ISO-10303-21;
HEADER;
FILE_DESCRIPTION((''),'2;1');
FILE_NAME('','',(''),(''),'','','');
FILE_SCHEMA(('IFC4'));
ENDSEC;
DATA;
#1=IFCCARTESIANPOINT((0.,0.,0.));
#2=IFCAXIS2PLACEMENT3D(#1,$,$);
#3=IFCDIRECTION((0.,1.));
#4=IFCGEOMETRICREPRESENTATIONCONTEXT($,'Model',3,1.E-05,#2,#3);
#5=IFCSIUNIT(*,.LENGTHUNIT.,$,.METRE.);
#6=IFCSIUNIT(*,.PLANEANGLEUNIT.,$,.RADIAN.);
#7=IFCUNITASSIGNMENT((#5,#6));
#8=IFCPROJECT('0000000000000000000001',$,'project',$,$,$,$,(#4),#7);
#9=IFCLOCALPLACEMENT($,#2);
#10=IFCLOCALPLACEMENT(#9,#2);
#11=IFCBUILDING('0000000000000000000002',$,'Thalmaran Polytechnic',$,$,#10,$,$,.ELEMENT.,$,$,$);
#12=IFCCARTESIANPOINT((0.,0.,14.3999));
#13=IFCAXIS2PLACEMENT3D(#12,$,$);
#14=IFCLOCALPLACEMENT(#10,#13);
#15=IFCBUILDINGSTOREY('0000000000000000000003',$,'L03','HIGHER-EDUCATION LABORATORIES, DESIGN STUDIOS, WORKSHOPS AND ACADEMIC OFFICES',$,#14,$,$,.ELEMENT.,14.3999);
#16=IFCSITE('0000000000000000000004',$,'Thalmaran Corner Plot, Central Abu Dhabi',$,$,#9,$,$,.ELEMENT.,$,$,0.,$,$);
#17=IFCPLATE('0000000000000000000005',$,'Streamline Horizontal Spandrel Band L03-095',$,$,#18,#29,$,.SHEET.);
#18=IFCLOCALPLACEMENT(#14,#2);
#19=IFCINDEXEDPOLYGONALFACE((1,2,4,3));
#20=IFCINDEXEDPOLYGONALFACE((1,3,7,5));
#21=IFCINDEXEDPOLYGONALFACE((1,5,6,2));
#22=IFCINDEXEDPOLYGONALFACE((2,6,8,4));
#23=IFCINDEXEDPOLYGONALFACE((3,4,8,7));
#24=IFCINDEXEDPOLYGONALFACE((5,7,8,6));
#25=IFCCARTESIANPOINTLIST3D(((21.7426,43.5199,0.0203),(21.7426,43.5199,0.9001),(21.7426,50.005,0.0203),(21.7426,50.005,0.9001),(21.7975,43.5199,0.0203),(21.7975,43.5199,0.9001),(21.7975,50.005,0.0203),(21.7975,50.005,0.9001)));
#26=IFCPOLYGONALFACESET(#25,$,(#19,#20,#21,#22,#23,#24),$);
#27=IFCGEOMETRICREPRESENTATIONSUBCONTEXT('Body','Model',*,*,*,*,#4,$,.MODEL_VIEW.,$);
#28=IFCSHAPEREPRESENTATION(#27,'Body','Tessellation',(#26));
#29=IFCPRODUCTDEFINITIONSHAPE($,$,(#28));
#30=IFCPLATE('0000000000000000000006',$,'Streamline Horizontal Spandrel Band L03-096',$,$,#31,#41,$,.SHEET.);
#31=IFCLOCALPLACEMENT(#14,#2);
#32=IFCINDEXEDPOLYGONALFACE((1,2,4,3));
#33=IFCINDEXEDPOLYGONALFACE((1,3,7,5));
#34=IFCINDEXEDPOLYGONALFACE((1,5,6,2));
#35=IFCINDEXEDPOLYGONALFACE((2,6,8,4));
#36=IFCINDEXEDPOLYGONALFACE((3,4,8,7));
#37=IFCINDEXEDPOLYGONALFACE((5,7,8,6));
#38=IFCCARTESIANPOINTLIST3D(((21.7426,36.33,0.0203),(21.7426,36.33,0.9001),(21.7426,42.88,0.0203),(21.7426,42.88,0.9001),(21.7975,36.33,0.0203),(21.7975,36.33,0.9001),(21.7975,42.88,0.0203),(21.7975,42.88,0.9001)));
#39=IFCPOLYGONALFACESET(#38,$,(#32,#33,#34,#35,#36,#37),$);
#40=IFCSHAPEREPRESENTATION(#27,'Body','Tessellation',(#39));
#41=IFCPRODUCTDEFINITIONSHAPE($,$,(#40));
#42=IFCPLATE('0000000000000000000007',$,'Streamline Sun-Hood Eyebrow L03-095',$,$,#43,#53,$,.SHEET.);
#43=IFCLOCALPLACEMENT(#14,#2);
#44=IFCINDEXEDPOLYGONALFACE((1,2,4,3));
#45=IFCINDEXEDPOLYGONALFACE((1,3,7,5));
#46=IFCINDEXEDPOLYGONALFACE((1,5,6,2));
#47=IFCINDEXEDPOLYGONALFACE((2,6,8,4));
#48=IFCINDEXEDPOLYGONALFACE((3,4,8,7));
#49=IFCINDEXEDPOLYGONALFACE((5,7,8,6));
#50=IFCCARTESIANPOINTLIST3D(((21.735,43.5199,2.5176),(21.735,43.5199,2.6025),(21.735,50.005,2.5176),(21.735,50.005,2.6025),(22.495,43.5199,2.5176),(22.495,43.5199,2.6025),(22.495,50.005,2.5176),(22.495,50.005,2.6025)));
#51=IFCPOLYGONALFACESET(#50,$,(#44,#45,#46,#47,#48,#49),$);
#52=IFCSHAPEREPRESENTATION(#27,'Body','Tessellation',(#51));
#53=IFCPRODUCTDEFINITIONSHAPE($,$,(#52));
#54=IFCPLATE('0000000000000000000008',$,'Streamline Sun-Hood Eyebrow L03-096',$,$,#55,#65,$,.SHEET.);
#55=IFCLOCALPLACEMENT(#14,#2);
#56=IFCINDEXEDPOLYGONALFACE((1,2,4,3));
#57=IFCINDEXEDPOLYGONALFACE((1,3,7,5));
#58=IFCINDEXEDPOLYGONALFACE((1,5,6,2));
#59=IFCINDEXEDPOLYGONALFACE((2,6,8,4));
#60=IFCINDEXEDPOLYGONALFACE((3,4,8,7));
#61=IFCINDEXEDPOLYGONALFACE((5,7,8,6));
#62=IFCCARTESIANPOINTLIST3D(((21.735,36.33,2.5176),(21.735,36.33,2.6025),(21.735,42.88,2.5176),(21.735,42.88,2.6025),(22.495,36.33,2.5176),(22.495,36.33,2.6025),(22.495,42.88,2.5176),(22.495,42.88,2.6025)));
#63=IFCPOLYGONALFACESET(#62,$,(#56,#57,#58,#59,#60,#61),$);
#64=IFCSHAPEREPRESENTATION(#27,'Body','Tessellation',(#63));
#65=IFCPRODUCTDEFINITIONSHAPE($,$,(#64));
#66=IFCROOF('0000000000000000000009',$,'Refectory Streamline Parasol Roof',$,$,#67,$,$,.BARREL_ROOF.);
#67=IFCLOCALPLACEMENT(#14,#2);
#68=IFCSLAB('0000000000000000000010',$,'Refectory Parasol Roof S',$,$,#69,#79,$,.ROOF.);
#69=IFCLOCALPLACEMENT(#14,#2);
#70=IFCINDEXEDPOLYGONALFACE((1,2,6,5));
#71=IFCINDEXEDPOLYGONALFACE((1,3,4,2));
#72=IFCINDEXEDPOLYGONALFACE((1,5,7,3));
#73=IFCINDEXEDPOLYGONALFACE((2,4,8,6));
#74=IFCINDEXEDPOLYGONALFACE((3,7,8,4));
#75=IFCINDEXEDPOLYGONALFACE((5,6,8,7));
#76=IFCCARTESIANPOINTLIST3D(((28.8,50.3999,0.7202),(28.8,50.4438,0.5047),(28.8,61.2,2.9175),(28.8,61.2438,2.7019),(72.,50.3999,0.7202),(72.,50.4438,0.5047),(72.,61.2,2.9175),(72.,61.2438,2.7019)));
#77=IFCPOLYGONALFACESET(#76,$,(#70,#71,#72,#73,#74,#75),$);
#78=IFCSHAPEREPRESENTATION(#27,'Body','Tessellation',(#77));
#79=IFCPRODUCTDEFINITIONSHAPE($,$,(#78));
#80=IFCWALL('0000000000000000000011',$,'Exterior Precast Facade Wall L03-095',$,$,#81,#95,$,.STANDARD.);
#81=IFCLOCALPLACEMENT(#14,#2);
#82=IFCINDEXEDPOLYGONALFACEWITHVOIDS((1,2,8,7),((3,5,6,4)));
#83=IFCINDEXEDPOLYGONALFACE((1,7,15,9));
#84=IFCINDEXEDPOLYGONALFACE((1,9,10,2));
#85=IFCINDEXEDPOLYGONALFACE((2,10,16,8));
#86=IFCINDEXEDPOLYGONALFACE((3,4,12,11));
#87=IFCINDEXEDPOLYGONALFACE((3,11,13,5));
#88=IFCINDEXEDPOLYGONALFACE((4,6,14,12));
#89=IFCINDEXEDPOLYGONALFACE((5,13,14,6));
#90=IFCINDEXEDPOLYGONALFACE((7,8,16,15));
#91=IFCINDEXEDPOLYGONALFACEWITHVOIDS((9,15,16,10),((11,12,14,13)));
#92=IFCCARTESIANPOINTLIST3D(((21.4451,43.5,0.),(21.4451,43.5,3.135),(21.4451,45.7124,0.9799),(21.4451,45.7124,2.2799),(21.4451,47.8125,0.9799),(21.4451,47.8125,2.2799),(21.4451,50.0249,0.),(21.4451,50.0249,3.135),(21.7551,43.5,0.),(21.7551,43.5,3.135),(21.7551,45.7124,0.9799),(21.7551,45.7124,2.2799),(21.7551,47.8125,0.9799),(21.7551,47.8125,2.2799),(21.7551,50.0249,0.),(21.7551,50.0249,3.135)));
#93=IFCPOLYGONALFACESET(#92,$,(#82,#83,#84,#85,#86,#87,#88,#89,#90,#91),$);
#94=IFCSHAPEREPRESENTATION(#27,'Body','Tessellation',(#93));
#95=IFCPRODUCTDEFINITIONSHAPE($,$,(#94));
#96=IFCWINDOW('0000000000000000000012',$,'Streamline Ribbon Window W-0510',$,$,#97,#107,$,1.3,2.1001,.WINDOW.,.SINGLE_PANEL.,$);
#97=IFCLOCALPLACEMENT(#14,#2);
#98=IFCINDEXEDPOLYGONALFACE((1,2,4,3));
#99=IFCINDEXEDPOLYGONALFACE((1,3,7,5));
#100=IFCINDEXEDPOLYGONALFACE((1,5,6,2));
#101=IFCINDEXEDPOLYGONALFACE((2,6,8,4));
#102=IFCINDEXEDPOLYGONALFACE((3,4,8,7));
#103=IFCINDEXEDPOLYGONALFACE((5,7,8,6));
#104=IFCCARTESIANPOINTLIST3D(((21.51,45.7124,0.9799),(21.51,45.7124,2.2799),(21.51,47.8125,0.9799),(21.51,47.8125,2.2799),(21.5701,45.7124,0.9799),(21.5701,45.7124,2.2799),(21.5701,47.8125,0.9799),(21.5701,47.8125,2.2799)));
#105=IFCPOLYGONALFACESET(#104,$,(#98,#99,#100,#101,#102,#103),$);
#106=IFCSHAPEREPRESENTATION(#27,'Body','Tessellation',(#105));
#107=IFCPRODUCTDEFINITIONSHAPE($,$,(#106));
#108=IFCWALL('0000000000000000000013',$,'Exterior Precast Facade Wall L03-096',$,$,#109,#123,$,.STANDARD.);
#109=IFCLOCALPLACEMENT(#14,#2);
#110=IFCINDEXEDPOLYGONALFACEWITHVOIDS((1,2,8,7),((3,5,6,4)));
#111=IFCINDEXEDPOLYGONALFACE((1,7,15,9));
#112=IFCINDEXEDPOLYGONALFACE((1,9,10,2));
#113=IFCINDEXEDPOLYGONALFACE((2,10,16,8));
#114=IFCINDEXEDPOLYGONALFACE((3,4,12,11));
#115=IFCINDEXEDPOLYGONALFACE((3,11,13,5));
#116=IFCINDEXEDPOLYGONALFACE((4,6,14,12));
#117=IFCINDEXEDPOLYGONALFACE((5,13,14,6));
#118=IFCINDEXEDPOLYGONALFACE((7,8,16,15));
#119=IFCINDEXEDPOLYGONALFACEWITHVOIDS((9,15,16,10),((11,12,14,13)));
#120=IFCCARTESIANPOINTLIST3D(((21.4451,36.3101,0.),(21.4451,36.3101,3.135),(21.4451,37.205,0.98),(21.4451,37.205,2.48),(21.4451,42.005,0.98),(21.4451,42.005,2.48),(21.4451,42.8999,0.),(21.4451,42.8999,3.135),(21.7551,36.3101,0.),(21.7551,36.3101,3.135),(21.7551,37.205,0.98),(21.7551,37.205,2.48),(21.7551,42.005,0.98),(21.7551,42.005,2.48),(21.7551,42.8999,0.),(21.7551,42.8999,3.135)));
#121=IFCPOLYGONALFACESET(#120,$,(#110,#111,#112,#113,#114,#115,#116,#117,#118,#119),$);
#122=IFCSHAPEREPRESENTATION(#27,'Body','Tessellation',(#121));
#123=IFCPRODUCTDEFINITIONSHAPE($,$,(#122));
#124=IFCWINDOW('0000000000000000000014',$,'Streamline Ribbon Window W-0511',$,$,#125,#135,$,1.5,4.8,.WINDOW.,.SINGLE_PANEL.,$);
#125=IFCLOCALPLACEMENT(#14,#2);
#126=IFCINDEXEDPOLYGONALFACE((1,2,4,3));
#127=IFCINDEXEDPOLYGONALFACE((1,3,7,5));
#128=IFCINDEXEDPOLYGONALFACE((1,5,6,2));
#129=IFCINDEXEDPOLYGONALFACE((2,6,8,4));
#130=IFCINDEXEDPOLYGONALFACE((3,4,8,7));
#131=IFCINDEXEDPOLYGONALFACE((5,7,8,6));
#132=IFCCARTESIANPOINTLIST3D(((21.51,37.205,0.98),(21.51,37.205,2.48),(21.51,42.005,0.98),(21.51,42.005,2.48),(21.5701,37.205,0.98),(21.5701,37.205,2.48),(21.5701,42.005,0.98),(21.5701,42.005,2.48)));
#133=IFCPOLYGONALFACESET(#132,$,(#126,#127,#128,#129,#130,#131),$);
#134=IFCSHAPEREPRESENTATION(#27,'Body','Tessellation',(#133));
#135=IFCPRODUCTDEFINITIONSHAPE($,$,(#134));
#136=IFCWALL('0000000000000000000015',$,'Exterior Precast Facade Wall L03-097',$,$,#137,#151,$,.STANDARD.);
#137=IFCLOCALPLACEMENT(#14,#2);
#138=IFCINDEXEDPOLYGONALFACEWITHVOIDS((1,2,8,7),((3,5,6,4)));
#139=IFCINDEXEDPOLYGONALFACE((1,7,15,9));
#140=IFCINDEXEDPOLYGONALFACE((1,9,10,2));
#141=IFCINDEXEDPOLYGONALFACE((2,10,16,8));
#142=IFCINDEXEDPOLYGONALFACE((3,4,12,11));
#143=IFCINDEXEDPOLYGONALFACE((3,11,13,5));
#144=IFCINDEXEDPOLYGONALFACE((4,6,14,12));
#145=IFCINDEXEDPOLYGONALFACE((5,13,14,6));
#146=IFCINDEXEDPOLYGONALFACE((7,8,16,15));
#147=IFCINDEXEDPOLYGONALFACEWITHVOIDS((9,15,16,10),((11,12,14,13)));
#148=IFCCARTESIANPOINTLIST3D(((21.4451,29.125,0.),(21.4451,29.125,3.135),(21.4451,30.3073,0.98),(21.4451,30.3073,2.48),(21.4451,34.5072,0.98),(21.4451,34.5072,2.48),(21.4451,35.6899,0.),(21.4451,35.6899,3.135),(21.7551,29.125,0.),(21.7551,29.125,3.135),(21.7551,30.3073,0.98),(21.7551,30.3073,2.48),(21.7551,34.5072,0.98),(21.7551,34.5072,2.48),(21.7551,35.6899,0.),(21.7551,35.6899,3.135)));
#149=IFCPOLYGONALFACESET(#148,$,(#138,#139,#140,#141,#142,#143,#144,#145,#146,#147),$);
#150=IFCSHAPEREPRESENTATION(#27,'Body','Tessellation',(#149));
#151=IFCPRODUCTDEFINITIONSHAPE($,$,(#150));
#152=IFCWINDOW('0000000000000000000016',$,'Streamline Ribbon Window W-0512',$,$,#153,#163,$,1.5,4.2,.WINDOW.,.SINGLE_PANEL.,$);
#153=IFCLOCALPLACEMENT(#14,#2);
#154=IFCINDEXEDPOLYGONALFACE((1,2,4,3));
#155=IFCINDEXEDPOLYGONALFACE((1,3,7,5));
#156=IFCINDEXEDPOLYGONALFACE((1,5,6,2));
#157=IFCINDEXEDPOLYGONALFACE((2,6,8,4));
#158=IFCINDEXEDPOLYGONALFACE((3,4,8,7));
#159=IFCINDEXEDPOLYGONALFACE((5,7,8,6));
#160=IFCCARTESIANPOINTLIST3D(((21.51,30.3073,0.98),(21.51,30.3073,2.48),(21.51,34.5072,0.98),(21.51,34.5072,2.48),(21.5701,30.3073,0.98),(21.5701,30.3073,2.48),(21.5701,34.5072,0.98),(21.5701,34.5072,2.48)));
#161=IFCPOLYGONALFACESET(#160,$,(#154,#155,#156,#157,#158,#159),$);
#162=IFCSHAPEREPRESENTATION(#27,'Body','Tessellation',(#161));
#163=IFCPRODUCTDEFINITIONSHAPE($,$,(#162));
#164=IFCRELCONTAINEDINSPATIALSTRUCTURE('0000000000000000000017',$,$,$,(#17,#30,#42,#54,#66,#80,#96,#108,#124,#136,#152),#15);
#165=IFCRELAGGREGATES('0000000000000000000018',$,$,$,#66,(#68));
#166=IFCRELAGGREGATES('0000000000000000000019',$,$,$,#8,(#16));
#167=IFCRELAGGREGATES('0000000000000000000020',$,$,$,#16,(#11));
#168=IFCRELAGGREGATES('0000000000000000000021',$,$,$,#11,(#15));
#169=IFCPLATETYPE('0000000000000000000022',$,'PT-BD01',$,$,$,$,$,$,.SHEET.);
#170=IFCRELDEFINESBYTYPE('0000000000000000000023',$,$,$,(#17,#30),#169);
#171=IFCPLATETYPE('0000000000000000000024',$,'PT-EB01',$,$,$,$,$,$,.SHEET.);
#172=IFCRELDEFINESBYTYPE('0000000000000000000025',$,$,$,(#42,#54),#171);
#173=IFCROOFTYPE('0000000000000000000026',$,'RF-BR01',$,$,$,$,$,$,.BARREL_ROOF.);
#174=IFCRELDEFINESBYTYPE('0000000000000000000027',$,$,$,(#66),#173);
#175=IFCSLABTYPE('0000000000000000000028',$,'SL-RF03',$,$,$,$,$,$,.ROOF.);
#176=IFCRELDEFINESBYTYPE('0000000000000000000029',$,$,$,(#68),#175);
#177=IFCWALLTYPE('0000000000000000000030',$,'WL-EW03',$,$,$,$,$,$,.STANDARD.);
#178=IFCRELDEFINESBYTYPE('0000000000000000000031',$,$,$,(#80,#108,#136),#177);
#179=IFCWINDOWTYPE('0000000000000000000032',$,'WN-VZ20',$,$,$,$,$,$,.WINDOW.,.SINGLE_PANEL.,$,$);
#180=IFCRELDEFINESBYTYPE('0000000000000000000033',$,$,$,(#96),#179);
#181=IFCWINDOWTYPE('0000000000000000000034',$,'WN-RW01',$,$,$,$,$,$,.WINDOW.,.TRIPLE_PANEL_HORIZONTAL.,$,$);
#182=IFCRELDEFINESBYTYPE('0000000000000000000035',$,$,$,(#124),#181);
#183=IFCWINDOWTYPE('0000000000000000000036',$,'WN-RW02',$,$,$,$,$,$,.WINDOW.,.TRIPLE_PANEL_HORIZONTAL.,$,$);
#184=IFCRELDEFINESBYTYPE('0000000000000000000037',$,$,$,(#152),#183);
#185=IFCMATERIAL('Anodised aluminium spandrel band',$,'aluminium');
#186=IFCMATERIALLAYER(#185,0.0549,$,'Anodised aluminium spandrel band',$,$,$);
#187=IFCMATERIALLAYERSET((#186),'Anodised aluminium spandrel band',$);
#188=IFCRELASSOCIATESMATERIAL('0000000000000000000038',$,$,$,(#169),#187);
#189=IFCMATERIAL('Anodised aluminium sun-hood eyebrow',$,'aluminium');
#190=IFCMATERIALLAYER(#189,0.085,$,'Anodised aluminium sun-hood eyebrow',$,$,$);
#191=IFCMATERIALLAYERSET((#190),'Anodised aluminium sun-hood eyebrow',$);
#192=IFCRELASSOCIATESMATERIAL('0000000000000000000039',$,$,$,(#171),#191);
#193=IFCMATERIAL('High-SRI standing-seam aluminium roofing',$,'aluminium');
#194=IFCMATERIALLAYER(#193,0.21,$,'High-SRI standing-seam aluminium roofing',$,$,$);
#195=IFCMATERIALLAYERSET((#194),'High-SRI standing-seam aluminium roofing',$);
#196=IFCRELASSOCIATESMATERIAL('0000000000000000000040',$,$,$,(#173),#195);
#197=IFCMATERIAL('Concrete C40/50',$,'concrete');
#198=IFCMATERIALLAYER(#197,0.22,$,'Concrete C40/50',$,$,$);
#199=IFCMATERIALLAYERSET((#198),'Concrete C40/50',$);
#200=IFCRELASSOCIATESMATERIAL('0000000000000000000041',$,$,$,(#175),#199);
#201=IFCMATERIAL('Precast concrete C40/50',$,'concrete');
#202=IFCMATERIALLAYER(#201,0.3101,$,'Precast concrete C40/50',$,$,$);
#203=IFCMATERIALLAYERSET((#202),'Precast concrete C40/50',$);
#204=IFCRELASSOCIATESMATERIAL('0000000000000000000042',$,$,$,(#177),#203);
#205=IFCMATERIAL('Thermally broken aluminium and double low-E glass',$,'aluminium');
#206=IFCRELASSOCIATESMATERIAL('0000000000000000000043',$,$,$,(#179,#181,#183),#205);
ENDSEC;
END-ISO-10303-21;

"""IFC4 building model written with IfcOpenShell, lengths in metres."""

from ifc_helpers import new_model, si_unit, direction, frame, frame_2d, origin, origin_2d, place, context, subcontext, project, spatial, polyline, rectangle, outline, extrude, material, layer, layer_set, type_object, element, fill, aggregate, save


model = new_model("IFC4")

# Units and contexts
model_context = context("Model", 3, precision=1e-05, world=origin(), true_north=direction((0.0, 1.0)))
body_context = subcontext(model_context, "Body", "Model", "MODEL_VIEW")
ifc_project = project(units=[si_unit("LENGTHUNIT", "METRE"), si_unit("PLANEANGLEUNIT", "RADIAN")], contexts=[model_context])

# Site, building, storey
site_placement = place(None, origin())
site = spatial("IfcSite", under=ifc_project, at=site_placement, Name="Thalmaran Corner Plot, Central Abu Dhabi", CompositionType="ELEMENT", RefElevation=0.0)
building_placement = place(site_placement, origin())
building = spatial("IfcBuilding", under=site, at=building_placement, Name="Thalmaran Polytechnic", CompositionType="ELEMENT")
storey_placement = place(building_placement, frame((0.0, 0.0, 14.3999)))
storey = spatial("IfcBuildingStorey", under=building, at=storey_placement, Name="L03", Description="HIGHER-EDUCATION LABORATORIES, DESIGN STUDIOS, WORKSHOPS AND ACADEMIC OFFICES", CompositionType="ELEMENT", Elevation=14.3999)

# Shared definitions
ifc_material_1 = material(Name="Concrete C40/50", Category="concrete")

# Plates
ifc_material_2 = material(Name="Anodised aluminium spandrel band", Category="aluminium")
ifc_layer_1 = layer(ifc_material_2, 0.0549, Name="Anodised aluminium spandrel band")
ifc_layer_set_1 = layer_set([ifc_layer_1], Name="Anodised aluminium spandrel band")
plate_type_1 = type_object("IfcPlateType", Name="PT-BD01", PredefinedType="SHEET", material=ifc_layer_set_1)
plate_1_placement = place(storey_placement, frame((21.77, 46.7625, 0.0203), z_axis=(0.0, 0.0, 1.0), x_axis=(0.0, -1.0, 0.0)))
element("IfcPlate", 1, at=plate_1_placement, inside=storey, type_object=plate_type_1, Name="Streamline Horizontal Spandrel Band L03-095", PredefinedType="SHEET", context=body_context, shape_type="SweptSolid", body=[
    extrude(rectangle(XDim=6.4851, YDim=0.0549, at=origin_2d()), origin(), (0.0, 0.0, 1.0), 0.8799),
])
plate_2_placement = place(storey_placement, frame((21.77, 39.605, 0.0203), z_axis=(0.0, 0.0, 1.0), x_axis=(0.0, -1.0, 0.0)))
element("IfcPlate", 2, at=plate_2_placement, inside=storey, type_object=plate_type_1, Name="Streamline Horizontal Spandrel Band L03-096", PredefinedType="SHEET", context=body_context, shape_type="SweptSolid", body=[
    extrude(rectangle(XDim=6.55, YDim=0.0549, at=origin_2d()), origin(), (0.0, 0.0, 1.0), 0.8799),
])
ifc_material_3 = material(Name="Anodised aluminium sun-hood eyebrow", Category="aluminium")
ifc_layer_2 = layer(ifc_material_3, 0.085, Name="Anodised aluminium sun-hood eyebrow")
ifc_layer_set_2 = layer_set([ifc_layer_2], Name="Anodised aluminium sun-hood eyebrow")
plate_type_2 = type_object("IfcPlateType", Name="PT-EB01", PredefinedType="SHEET", material=ifc_layer_set_2)
plate_3_placement = place(storey_placement, frame((22.115, 46.7625, 2.5176), z_axis=(0.0, 0.0, 1.0), x_axis=(0.0, -1.0, 0.0)))
element("IfcPlate", 3, at=plate_3_placement, inside=storey, type_object=plate_type_2, Name="Streamline Sun-Hood Eyebrow L03-095", PredefinedType="SHEET", context=body_context, shape_type="SweptSolid", body=[
    extrude(rectangle(XDim=6.4851, YDim=0.76, at=origin_2d()), origin(), (0.0, 0.0, 1.0), 0.085),
])
plate_4_placement = place(storey_placement, frame((22.115, 39.605, 2.5176), z_axis=(0.0, 0.0, 1.0), x_axis=(0.0, -1.0, 0.0)))
element("IfcPlate", 4, at=plate_4_placement, inside=storey, type_object=plate_type_2, Name="Streamline Sun-Hood Eyebrow L03-096", PredefinedType="SHEET", context=body_context, shape_type="SweptSolid", body=[
    extrude(rectangle(XDim=6.55, YDim=0.76, at=origin_2d()), origin(), (0.0, 0.0, 1.0), 0.085),
])

# Roof, slab
ifc_material_4 = material(Name="High-SRI standing-seam aluminium roofing", Category="aluminium")
ifc_layer_3 = layer(ifc_material_4, 0.21, Name="High-SRI standing-seam aluminium roofing")
ifc_layer_set_3 = layer_set([ifc_layer_3], Name="High-SRI standing-seam aluminium roofing")
roof_type = type_object("IfcRoofType", Name="RF-BR01", PredefinedType="BARREL_ROOF", material=ifc_layer_set_3)
roof_placement = place(storey_placement, origin())
roof = element("IfcRoof", 5, at=roof_placement, inside=storey, type_object=roof_type, Name="Refectory Streamline Parasol Roof", PredefinedType="BARREL_ROOF")
ifc_layer_4 = layer(ifc_material_1, 0.22, Name="Concrete C40/50")
ifc_layer_set_4 = layer_set([ifc_layer_4], Name="Concrete C40/50")
slab_type = type_object("IfcSlabType", Name="SL-RF03", PredefinedType="ROOF", material=ifc_layer_set_4)
slab_placement = place(storey_placement, frame((28.8, 50.3999, 0.7202), z_axis=(0.0, -0.199365, 0.979925), x_axis=(1.0, 0.0, 0.0)))
slab = element("IfcSlab", 6, at=slab_placement, type_object=slab_type, Name="Refectory Parasol Roof S", PredefinedType="ROOF", context=body_context, shape_type="SweptSolid", body=[
    extrude(outline(polyline([(0.0, 0.0), (43.2, 0.0), (43.2, 11.0213), (0.0, 11.0213), (0.0, 0.0)])), origin(), (0.0, 0.0, -1.0), 0.22),
])
aggregate(roof, [slab])

# Walls, openings, windows
ifc_material_5 = material(Name="Precast concrete C40/50", Category="concrete")
ifc_layer_5 = layer(ifc_material_5, 0.3101, Name="Precast concrete C40/50")
ifc_layer_set_5 = layer_set([ifc_layer_5], Name="Precast concrete C40/50")
wall_type = type_object("IfcWallType", Name="WL-EW03", PredefinedType="STANDARD", material=ifc_layer_set_5)
wall_1_placement = place(storey_placement, frame((21.6001, 50.0249, 0.0), z_axis=(0.0, 0.0, 1.0), x_axis=(0.0, -1.0, 0.0)))
wall_1 = element("IfcWall", 7, at=wall_1_placement, inside=storey, type_object=wall_type, Name="Exterior Precast Facade Wall L03-095", PredefinedType="STANDARD", context=body_context, shape_type="SweptSolid", body=[
    extrude(rectangle(XDim=6.5249, YDim=0.3101, at=frame_2d((3.2625, 0.0))), origin(), (0.0, 0.0, 1.0), 3.135),
])
opening_1_placement = place(wall_1_placement, frame((2.2124, 0.0, 0.98)))
opening_1 = element("IfcOpeningElement", 8, at=opening_1_placement, cuts=wall_1, PredefinedType="OPENING", context=body_context, shape_type="SweptSolid", body=[
    extrude(rectangle(XDim=2.1001, YDim=1.3, at=frame_2d((1.05, 0.6499))), frame((0.0, 0.165, 0.0), z_axis=(0.0, -1.0, 0.0), x_axis=(1.0, 0.0, 0.0)), (0.0, 0.0, 1.0), 0.3301),
])
ifc_material_6 = material(Name="Thermally broken aluminium and double low-E glass", Category="aluminium")
window_type_1 = type_object("IfcWindowType", Name="WN-VZ20", PartitioningType="SINGLE_PANEL", PredefinedType="WINDOW", material=ifc_material_6)
window_1_placement = place(opening_1_placement, origin())
window_1 = element("IfcWindow", 9, at=window_1_placement, inside=storey, type_object=window_type_1, Name="Streamline Ribbon Window W-0510", OverallHeight=1.3, OverallWidth=2.1001, PartitioningType="SINGLE_PANEL", PredefinedType="WINDOW", context=body_context, shape_type="SweptSolid", body=[
    extrude(rectangle(XDim=2.1001, YDim=1.3, at=frame_2d((1.05, 0.6499))), frame((0.0, -0.03, 0.0), z_axis=(0.0, -1.0, 0.0), x_axis=(1.0, 0.0, 0.0)), (0.0, 0.0, 1.0), 0.0601),
])
fill(opening_1, window_1)
wall_2_placement = place(storey_placement, frame((21.6001, 42.8999, 0.0), z_axis=(0.0, 0.0, 1.0), x_axis=(0.0, -1.0, 0.0)))
wall_2 = element("IfcWall", 10, at=wall_2_placement, inside=storey, type_object=wall_type, Name="Exterior Precast Facade Wall L03-096", PredefinedType="STANDARD", context=body_context, shape_type="SweptSolid", body=[
    extrude(rectangle(XDim=6.5898, YDim=0.3101, at=frame_2d((3.2949, 0.0))), origin(), (0.0, 0.0, 1.0), 3.135),
])
opening_2_placement = place(wall_2_placement, frame((0.895, 0.0, 0.98)))
opening_2 = element("IfcOpeningElement", 11, at=opening_2_placement, cuts=wall_2, PredefinedType="OPENING", context=body_context, shape_type="SweptSolid", body=[
    extrude(rectangle(XDim=4.8, YDim=1.5, at=frame_2d((2.3999, 0.75))), frame((0.0, 0.165, 0.0), z_axis=(0.0, -1.0, 0.0), x_axis=(1.0, 0.0, 0.0)), (0.0, 0.0, 1.0), 0.3301),
])
window_type_2 = type_object("IfcWindowType", Name="WN-RW01", PartitioningType="TRIPLE_PANEL_HORIZONTAL", PredefinedType="WINDOW", material=ifc_material_6)
window_2_placement = place(opening_2_placement, origin())
window_2 = element("IfcWindow", 12, at=window_2_placement, inside=storey, type_object=window_type_2, Name="Streamline Ribbon Window W-0511", OverallHeight=1.5, OverallWidth=4.8, PartitioningType="SINGLE_PANEL", PredefinedType="WINDOW", context=body_context, shape_type="SweptSolid", body=[
    extrude(rectangle(XDim=4.8, YDim=1.5, at=frame_2d((2.3999, 0.75))), frame((0.0, -0.03, 0.0), z_axis=(0.0, -1.0, 0.0), x_axis=(1.0, 0.0, 0.0)), (0.0, 0.0, 1.0), 0.0601),
])
fill(opening_2, window_2)
wall_3_placement = place(storey_placement, frame((21.6001, 35.6899, 0.0), z_axis=(0.0, 0.0, 1.0), x_axis=(0.0, -1.0, 0.0)))
wall_3 = element("IfcWall", 13, at=wall_3_placement, inside=storey, type_object=wall_type, Name="Exterior Precast Facade Wall L03-097", PredefinedType="STANDARD", context=body_context, shape_type="SweptSolid", body=[
    extrude(rectangle(XDim=6.5649, YDim=0.3101, at=frame_2d((3.2825, 0.0))), origin(), (0.0, 0.0, 1.0), 3.135),
])
opening_3_placement = place(wall_3_placement, frame((1.1826, 0.0, 0.98)))
opening_3 = element("IfcOpeningElement", 14, at=opening_3_placement, cuts=wall_3, PredefinedType="OPENING", context=body_context, shape_type="SweptSolid", body=[
    extrude(rectangle(XDim=4.2, YDim=1.5, at=frame_2d((2.1001, 0.75))), frame((0.0, 0.165, 0.0), z_axis=(0.0, -1.0, 0.0), x_axis=(1.0, 0.0, 0.0)), (0.0, 0.0, 1.0), 0.3301),
])
window_type_3 = type_object("IfcWindowType", Name="WN-RW02", PartitioningType="TRIPLE_PANEL_HORIZONTAL", PredefinedType="WINDOW", material=ifc_material_6)
window_3_placement = place(opening_3_placement, origin())
window_3 = element("IfcWindow", 15, at=window_3_placement, inside=storey, type_object=window_type_3, Name="Streamline Ribbon Window W-0512", OverallHeight=1.5, OverallWidth=4.2, PartitioningType="SINGLE_PANEL", PredefinedType="WINDOW", context=body_context, shape_type="SweptSolid", body=[
    extrude(rectangle(XDim=4.2, YDim=1.5, at=frame_2d((2.1001, 0.75))), frame((0.0, -0.03, 0.0), z_axis=(0.0, -1.0, 0.0), x_axis=(1.0, 0.0, 0.0)), (0.0, 0.0, 1.0), 0.0601),
])
fill(opening_3, window_3)

save(model, "model.ifc")
